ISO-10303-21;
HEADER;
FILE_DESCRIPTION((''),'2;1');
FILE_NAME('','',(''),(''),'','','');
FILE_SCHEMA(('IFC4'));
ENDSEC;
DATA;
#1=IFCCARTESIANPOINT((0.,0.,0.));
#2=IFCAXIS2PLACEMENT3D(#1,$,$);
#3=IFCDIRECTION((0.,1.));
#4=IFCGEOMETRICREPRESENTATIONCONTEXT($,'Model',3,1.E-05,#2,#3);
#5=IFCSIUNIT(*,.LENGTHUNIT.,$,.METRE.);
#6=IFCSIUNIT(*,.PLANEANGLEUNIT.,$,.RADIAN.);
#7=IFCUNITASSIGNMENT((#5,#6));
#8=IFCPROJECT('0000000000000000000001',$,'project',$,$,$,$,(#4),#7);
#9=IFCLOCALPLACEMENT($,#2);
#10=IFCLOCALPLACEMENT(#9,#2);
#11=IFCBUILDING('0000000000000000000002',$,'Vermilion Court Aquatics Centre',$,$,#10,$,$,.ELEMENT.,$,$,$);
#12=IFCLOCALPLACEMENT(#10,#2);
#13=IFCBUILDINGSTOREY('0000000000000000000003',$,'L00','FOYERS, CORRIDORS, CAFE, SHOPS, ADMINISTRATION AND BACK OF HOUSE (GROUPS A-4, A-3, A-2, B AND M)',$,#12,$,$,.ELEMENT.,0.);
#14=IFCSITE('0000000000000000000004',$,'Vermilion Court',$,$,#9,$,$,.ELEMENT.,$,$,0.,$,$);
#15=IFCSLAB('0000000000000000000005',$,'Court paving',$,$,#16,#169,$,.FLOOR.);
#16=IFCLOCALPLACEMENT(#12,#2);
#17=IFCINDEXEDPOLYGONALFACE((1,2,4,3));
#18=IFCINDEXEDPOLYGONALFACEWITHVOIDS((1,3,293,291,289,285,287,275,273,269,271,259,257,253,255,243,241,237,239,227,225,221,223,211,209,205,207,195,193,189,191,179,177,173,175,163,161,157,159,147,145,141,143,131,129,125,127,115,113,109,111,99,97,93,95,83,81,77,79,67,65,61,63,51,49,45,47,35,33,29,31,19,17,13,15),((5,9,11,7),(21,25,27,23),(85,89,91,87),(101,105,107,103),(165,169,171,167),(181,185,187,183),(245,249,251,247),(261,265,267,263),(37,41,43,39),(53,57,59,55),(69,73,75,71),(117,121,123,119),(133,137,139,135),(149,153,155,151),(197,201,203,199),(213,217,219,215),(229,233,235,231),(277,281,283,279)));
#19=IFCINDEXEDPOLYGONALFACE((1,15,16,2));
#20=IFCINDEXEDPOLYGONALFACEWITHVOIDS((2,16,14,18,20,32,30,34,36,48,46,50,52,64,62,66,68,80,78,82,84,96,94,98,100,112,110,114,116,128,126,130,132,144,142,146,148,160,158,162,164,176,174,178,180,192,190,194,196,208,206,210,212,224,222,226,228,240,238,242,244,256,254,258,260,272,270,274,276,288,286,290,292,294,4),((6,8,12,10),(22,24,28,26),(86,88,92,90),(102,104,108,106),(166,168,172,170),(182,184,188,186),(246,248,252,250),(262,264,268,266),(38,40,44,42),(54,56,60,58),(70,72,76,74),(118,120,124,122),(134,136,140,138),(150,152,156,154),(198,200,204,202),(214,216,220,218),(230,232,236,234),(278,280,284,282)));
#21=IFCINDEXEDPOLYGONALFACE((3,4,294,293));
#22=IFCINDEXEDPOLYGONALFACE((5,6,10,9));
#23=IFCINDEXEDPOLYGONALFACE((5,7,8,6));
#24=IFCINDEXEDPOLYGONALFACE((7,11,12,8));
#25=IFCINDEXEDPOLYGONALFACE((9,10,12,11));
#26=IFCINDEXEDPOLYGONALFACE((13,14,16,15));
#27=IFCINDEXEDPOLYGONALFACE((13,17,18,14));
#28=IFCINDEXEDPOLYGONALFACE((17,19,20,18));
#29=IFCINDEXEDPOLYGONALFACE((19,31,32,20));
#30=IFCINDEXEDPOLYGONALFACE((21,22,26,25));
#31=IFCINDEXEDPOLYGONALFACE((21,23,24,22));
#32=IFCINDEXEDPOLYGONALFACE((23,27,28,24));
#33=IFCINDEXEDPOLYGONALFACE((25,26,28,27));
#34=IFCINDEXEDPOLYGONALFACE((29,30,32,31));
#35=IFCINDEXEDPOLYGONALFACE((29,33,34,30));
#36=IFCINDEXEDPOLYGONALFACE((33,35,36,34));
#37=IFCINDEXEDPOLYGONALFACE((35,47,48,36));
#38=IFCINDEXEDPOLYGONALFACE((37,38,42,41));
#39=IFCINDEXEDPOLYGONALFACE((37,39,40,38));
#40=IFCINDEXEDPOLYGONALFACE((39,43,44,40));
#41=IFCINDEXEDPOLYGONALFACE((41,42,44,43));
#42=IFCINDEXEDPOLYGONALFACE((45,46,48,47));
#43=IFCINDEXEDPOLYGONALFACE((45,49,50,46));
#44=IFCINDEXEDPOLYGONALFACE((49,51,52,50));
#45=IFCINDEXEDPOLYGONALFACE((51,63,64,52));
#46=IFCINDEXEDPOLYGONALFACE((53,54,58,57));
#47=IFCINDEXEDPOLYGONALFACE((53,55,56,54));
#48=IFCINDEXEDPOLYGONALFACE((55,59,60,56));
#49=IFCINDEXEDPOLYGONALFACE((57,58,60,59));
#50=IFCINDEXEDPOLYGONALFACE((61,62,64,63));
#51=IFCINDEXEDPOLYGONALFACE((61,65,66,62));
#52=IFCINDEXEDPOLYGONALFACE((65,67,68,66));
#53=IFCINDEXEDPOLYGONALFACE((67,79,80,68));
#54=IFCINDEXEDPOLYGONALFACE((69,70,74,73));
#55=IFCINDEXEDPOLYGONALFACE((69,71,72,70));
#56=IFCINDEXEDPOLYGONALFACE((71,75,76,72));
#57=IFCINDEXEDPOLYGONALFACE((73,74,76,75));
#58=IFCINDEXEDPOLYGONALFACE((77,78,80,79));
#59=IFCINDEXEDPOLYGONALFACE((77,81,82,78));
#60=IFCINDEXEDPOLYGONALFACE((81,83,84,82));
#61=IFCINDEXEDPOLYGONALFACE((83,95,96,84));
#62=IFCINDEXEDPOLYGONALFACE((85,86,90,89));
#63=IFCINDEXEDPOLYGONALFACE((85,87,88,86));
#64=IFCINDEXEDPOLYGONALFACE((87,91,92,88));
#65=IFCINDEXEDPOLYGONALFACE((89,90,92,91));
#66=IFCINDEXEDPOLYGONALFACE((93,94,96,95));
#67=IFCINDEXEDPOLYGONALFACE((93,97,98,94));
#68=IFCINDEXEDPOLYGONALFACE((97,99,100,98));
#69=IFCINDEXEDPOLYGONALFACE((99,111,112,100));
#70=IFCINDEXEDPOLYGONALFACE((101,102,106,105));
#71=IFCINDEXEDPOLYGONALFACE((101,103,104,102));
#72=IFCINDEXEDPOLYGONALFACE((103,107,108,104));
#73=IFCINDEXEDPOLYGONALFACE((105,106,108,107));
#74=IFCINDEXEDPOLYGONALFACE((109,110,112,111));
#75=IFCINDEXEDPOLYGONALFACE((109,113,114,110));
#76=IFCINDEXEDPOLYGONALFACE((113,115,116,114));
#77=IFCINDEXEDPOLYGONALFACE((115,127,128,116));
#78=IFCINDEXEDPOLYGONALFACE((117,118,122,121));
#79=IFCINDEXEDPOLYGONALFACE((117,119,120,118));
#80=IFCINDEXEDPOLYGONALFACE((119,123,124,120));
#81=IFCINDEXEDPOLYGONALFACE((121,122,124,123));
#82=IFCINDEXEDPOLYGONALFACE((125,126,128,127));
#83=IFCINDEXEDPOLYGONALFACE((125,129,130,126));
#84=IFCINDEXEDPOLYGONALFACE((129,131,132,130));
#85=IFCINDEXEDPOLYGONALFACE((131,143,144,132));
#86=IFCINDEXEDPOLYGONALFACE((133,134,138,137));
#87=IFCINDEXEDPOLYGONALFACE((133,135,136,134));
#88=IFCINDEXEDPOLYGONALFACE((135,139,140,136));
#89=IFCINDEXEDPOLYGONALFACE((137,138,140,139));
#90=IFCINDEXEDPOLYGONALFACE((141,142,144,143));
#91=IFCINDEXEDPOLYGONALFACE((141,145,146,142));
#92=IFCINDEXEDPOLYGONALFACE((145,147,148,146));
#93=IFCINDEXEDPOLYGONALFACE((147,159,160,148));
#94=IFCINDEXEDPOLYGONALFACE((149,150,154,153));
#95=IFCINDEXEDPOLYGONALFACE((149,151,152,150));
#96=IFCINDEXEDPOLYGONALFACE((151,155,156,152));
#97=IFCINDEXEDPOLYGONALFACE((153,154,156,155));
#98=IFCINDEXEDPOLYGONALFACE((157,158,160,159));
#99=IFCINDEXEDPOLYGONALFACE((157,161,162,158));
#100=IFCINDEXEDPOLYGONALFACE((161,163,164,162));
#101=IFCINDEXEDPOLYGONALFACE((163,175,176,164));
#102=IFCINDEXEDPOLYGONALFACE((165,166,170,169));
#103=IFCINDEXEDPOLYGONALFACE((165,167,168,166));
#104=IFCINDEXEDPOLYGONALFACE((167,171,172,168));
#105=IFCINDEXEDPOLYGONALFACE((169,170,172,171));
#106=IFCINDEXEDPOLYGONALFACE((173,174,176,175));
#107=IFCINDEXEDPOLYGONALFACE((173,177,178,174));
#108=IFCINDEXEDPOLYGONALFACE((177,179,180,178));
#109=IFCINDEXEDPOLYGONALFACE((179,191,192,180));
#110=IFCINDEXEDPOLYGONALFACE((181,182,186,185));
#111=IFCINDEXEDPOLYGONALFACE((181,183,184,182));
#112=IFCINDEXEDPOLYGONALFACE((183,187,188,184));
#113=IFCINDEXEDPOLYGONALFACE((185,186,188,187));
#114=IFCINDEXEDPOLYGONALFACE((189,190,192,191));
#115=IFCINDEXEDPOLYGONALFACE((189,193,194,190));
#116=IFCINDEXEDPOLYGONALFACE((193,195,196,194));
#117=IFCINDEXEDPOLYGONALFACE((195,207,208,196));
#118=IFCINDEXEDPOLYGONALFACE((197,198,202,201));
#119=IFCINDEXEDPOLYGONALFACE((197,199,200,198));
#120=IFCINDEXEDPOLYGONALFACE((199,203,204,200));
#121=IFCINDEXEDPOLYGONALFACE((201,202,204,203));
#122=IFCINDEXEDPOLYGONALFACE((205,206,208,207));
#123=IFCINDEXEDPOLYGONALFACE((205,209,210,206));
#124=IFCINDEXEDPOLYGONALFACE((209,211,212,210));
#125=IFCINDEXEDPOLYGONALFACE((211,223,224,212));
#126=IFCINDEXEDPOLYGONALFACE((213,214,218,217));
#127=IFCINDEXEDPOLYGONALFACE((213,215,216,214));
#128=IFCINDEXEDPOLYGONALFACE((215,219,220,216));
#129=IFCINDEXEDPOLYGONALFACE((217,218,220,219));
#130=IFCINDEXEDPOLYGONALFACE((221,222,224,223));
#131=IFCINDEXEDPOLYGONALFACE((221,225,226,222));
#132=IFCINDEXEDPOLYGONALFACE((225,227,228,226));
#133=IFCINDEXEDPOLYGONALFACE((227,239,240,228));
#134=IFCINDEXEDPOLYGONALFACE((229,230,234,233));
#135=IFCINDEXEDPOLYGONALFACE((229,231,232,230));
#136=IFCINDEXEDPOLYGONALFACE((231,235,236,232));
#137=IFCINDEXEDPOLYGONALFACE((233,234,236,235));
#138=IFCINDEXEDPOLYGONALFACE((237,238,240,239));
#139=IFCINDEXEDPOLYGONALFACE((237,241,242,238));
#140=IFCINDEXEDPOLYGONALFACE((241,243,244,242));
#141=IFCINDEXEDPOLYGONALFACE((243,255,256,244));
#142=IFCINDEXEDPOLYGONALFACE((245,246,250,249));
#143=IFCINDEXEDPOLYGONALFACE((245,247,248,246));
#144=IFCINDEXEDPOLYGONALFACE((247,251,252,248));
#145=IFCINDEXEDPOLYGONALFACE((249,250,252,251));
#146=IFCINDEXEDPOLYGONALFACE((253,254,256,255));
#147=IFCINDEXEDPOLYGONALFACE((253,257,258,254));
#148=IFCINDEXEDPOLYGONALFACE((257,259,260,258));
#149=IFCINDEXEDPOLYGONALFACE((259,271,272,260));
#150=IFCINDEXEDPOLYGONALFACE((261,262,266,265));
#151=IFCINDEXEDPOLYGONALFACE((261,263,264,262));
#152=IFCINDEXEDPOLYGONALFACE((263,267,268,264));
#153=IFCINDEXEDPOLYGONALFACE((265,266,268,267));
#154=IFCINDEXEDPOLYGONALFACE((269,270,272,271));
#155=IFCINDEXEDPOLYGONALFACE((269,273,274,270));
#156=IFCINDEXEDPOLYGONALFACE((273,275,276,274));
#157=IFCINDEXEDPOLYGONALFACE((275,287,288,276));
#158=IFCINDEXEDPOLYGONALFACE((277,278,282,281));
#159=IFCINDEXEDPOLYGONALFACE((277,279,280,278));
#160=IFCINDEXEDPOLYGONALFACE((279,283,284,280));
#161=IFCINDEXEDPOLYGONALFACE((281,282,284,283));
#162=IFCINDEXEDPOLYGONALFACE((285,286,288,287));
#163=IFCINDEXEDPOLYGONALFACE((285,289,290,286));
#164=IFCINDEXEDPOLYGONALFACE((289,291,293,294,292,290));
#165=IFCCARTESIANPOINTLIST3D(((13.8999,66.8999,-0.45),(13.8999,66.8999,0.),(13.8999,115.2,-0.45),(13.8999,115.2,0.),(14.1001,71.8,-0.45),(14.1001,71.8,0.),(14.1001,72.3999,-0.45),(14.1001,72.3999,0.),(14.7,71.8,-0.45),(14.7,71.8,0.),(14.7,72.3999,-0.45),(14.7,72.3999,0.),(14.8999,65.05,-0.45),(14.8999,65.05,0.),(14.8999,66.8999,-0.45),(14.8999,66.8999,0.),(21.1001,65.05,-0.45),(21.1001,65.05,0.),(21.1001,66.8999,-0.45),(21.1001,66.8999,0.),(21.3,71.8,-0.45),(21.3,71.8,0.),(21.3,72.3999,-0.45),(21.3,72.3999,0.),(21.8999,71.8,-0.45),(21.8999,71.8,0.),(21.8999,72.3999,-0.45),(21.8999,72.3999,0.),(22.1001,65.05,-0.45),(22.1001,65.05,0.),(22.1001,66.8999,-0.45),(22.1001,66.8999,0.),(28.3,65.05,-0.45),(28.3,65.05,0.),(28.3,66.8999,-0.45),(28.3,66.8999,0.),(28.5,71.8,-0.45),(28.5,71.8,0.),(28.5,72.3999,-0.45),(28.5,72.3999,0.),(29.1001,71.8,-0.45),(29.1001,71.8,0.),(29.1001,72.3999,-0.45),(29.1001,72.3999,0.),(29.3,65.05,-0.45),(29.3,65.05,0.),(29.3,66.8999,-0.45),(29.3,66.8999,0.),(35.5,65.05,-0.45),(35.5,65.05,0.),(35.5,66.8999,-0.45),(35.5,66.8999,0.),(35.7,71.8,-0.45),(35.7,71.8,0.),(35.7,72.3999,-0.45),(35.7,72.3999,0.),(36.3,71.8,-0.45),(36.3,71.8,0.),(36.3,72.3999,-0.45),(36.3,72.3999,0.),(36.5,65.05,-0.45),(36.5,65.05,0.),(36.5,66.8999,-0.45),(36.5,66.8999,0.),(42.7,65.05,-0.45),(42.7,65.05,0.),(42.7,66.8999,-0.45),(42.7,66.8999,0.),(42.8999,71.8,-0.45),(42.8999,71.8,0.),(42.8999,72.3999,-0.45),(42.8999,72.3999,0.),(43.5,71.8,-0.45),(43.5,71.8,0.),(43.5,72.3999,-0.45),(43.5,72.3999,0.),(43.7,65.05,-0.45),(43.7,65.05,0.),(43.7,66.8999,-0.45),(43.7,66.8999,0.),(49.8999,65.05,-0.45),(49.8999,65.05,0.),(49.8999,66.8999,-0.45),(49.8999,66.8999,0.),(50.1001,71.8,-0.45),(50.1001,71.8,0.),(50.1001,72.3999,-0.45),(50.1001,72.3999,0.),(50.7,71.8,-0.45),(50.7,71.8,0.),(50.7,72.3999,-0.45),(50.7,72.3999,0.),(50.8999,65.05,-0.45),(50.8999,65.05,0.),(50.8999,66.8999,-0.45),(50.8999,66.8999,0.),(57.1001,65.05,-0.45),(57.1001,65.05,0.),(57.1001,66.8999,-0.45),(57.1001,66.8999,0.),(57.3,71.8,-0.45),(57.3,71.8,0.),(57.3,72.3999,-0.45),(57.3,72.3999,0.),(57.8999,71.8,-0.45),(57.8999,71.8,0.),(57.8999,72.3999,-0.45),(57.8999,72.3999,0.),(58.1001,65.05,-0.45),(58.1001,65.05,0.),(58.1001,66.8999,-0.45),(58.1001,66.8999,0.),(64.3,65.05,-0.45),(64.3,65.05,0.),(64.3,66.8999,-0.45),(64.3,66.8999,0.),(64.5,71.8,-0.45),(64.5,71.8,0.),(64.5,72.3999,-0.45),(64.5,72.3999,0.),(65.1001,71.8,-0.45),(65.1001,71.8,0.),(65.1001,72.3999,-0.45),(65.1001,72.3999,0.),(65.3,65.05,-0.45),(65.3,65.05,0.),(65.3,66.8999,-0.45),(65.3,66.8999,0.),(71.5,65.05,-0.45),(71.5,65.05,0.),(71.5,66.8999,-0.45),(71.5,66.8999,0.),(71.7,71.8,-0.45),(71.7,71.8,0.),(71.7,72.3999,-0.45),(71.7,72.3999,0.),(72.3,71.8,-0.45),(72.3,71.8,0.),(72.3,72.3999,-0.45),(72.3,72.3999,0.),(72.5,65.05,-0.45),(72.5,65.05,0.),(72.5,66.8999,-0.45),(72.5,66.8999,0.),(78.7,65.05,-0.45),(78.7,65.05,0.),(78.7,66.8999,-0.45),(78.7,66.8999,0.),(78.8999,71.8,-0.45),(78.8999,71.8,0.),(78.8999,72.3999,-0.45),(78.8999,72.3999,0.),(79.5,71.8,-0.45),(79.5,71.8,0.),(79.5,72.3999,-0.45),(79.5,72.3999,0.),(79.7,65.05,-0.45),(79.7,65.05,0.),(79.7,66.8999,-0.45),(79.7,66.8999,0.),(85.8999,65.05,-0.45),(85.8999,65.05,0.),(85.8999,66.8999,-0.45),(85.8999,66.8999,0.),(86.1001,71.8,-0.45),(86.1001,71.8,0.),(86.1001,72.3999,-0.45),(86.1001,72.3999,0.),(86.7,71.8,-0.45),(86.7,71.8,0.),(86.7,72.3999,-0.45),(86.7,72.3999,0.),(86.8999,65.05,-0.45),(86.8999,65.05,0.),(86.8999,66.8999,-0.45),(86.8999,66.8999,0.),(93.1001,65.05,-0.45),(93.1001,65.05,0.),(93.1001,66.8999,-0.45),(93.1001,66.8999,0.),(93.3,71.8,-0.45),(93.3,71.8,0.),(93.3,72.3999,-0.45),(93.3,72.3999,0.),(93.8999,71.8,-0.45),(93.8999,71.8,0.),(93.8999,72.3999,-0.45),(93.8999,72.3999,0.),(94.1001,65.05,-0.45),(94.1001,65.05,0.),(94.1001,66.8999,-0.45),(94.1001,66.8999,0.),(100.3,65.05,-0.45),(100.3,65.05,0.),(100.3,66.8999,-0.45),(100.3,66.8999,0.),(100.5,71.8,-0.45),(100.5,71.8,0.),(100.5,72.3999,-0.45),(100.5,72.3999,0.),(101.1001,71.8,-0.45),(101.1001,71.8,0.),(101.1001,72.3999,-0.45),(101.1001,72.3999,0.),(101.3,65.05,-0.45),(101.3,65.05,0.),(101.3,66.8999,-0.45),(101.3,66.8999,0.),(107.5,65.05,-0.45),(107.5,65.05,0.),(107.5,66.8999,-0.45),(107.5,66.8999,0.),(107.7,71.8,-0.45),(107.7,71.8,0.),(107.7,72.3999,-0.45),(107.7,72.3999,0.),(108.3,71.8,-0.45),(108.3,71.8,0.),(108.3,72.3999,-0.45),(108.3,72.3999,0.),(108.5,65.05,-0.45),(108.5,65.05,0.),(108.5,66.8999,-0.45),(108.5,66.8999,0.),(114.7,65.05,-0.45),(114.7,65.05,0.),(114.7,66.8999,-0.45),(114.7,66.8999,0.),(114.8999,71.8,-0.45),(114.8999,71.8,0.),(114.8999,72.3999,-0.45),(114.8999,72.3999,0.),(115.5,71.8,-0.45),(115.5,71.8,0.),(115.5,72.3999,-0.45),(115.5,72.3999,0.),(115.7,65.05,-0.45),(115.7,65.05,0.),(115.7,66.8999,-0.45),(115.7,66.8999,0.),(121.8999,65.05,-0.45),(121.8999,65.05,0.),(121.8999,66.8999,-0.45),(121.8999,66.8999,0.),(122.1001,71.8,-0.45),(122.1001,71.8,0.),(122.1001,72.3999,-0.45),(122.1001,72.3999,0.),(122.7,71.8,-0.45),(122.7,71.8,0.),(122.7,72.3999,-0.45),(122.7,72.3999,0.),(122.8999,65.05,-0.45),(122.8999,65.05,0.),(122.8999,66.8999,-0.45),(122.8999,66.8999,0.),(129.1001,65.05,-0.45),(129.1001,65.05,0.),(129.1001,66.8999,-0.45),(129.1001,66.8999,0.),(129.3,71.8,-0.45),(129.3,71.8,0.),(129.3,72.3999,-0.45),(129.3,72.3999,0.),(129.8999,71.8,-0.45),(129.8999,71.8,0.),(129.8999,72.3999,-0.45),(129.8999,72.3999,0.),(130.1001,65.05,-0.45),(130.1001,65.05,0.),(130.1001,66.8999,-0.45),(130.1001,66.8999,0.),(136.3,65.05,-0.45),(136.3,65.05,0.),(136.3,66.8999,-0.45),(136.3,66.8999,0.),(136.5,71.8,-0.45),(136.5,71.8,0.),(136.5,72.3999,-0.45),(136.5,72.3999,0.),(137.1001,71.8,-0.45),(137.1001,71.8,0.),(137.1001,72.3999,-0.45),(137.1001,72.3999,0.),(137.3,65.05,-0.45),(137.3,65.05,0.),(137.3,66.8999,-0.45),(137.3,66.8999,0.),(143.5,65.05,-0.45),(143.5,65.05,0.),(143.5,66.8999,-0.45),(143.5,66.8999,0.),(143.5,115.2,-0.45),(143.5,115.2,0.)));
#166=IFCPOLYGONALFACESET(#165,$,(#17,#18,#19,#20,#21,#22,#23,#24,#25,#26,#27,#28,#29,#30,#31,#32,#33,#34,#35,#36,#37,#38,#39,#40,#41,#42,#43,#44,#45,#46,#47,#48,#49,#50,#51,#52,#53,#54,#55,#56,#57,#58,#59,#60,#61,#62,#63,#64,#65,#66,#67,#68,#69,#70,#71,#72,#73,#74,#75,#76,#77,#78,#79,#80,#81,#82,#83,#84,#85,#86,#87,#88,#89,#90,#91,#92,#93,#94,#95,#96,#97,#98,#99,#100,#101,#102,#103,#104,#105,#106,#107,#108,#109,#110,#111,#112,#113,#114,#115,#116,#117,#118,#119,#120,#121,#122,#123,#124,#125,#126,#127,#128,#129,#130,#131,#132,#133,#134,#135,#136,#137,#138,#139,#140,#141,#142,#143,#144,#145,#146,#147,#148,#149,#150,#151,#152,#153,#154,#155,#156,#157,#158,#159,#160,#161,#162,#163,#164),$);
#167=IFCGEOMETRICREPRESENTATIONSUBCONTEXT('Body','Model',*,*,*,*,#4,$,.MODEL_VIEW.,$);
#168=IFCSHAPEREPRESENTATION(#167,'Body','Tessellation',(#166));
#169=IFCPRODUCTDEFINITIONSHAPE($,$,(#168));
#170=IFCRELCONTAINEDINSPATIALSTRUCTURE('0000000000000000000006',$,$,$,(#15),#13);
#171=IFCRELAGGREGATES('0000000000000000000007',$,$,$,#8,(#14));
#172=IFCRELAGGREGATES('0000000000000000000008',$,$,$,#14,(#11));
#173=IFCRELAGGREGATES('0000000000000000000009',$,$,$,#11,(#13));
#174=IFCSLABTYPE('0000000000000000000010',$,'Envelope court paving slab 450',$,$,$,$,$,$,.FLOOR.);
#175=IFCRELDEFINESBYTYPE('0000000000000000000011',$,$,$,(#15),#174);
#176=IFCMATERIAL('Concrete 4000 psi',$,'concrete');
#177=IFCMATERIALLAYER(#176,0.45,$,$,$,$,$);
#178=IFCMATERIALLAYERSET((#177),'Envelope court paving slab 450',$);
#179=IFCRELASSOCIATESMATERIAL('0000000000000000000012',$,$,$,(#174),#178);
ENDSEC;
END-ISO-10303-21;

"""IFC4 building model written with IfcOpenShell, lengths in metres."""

from ifc_helpers import new_model, si_unit, direction, frame, origin, place, context, subcontext, project, spatial, polyline, outline, extrude, material, layer, layer_set, type_object, element, save


model = new_model("IFC4")

# Units and contexts
model_context = context("Model", 3, precision=1e-05, world=origin(), true_north=direction((0.0, 1.0)))
body_context = subcontext(model_context, "Body", "Model", "MODEL_VIEW")
ifc_project = project(units=[si_unit("LENGTHUNIT", "METRE"), si_unit("PLANEANGLEUNIT", "RADIAN")], contexts=[model_context])

# Site, building, storey
site_placement = place(None, origin())
site = spatial("IfcSite", under=ifc_project, at=site_placement, Name="Vermilion Court", CompositionType="ELEMENT", RefElevation=0.0)
building_placement = place(site_placement, origin())
building = spatial("IfcBuilding", under=site, at=building_placement, Name="Vermilion Court Aquatics Centre", CompositionType="ELEMENT")
storey_placement = place(building_placement, origin())
storey = spatial("IfcBuildingStorey", under=building, at=storey_placement, Name="L00", Description="FOYERS, CORRIDORS, CAFE, SHOPS, ADMINISTRATION AND BACK OF HOUSE (GROUPS A-4, A-3, A-2, B AND M)", CompositionType="ELEMENT", Elevation=0.0)

# Slab
ifc_material_1 = material(Name="Concrete 4000 psi", Category="concrete")
ifc_layer_1 = layer(ifc_material_1, 0.45)
ifc_layer_set_1 = layer_set([ifc_layer_1], Name="Envelope court paving slab 450")
slab_type_1 = type_object("IfcSlabType", Name="Envelope court paving slab 450", PredefinedType="FLOOR", material=ifc_layer_set_1)
slab_1_placement = place(storey_placement, frame((0.0, 0.0, -0.45)))
element("IfcSlab", 1, at=slab_1_placement, inside=storey, type_object=slab_type_1, Name="Court paving", PredefinedType="FLOOR", context=body_context, shape_type="SweptSolid", body=[
    extrude(outline(polyline([(143.5, 65.05), (137.3, 65.05), (137.3, 66.8999), (136.3, 66.8999), (136.3, 65.05), (130.1001, 65.05), (130.1001, 66.8999), (129.1001, 66.8999), (129.1001, 65.05), (122.8999, 65.05), (122.8999, 66.8999), (121.8999, 66.8999), (121.8999, 65.05), (115.7, 65.05), (115.7, 66.8999), (114.7, 66.8999), (114.7, 65.05), (108.5, 65.05), (108.5, 66.8999), (107.5, 66.8999), (107.5, 65.05), (101.3, 65.05), (101.3, 66.8999), (100.3, 66.8999), (100.3, 65.05), (94.1001, 65.05), (94.1001, 66.8999), (93.1001, 66.8999), (93.1001, 65.05), (86.8999, 65.05), (86.8999, 66.8999), (85.8999, 66.8999), (85.8999, 65.05), (79.7, 65.05), (79.7, 66.8999), (78.7, 66.8999), (78.7, 65.05), (72.5, 65.05), (72.5, 66.8999), (71.5, 66.8999), (71.5, 65.05), (65.3, 65.05), (65.3, 66.8999), (64.3, 66.8999), (64.3, 65.05), (58.1001, 65.05), (58.1001, 66.8999), (57.1001, 66.8999), (57.1001, 65.05), (50.8999, 65.05), (50.8999, 66.8999), (49.8999, 66.8999), (49.8999, 65.05), (43.7, 65.05), (43.7, 66.8999), (42.7, 66.8999), (42.7, 65.05), (36.5, 65.05), (36.5, 66.8999), (35.5, 66.8999), (35.5, 65.05), (29.3, 65.05), (29.3, 66.8999), (28.3, 66.8999), (28.3, 65.05), (22.1001, 65.05), (22.1001, 66.8999), (21.1001, 66.8999), (21.1001, 65.05), (14.8999, 65.05), (14.8999, 66.8999), (13.8999, 66.8999), (13.8999, 115.2), (143.5, 115.2), (143.5, 66.8999), (143.5, 65.05)]), holes=[polyline([(79.5, 71.8), (79.5, 72.3999), (78.8999, 72.3999), (78.8999, 71.8), (79.5, 71.8)]), polyline([(14.7, 71.8), (14.7, 72.3999), (14.1001, 72.3999), (14.1001, 71.8), (14.7, 71.8)]), polyline([(72.3, 71.8), (72.3, 72.3999), (71.7, 72.3999), (71.7, 71.8), (72.3, 71.8)]), polyline([(65.1001, 71.8), (65.1001, 72.3999), (64.5, 72.3999), (64.5, 71.8), (65.1001, 71.8)]), polyline([(57.8999, 71.8), (57.8999, 72.3999), (57.3, 72.3999), (57.3, 71.8), (57.8999, 71.8)]), polyline([(50.7, 71.8), (50.7, 72.3999), (50.1001, 72.3999), (50.1001, 71.8), (50.7, 71.8)]), polyline([(43.5, 71.8), (43.5, 72.3999), (42.8999, 72.3999), (42.8999, 71.8), (43.5, 71.8)]), polyline([(35.7, 71.8), (36.3, 71.8), (36.3, 72.3999), (35.7, 72.3999), (35.7, 71.8)]), polyline([(28.5, 71.8), (29.1001, 71.8), (29.1001, 72.3999), (28.5, 72.3999), (28.5, 71.8)]), polyline([(21.8999, 71.8), (21.8999, 72.3999), (21.3, 72.3999), (21.3, 71.8), (21.8999, 71.8)]), polyline([(101.1001, 71.8), (101.1001, 72.3999), (100.5, 72.3999), (100.5, 71.8), (101.1001, 71.8)]), polyline([(107.7, 71.8), (108.3, 71.8), (108.3, 72.3999), (107.7, 72.3999), (107.7, 71.8)]), polyline([(114.8999, 71.8), (115.5, 71.8), (115.5, 72.3999), (114.8999, 72.3999), (114.8999, 71.8)]), polyline([(122.7, 71.8), (122.7, 72.3999), (122.1001, 72.3999), (122.1001, 71.8), (122.7, 71.8)]), polyline([(129.8999, 71.8), (129.8999, 72.3999), (129.3, 72.3999), (129.3, 71.8), (129.8999, 71.8)]), polyline([(93.8999, 71.8), (93.8999, 72.3999), (93.3, 72.3999), (93.3, 71.8), (93.8999, 71.8)]), polyline([(136.5, 71.8), (137.1001, 71.8), (137.1001, 72.3999), (136.5, 72.3999), (136.5, 71.8)]), polyline([(86.1001, 71.8), (86.7, 71.8), (86.7, 72.3999), (86.1001, 72.3999), (86.1001, 71.8)])]), origin(), (0.0, 0.0, 1.0), 0.45),
])

save(model, "model.ifc")
